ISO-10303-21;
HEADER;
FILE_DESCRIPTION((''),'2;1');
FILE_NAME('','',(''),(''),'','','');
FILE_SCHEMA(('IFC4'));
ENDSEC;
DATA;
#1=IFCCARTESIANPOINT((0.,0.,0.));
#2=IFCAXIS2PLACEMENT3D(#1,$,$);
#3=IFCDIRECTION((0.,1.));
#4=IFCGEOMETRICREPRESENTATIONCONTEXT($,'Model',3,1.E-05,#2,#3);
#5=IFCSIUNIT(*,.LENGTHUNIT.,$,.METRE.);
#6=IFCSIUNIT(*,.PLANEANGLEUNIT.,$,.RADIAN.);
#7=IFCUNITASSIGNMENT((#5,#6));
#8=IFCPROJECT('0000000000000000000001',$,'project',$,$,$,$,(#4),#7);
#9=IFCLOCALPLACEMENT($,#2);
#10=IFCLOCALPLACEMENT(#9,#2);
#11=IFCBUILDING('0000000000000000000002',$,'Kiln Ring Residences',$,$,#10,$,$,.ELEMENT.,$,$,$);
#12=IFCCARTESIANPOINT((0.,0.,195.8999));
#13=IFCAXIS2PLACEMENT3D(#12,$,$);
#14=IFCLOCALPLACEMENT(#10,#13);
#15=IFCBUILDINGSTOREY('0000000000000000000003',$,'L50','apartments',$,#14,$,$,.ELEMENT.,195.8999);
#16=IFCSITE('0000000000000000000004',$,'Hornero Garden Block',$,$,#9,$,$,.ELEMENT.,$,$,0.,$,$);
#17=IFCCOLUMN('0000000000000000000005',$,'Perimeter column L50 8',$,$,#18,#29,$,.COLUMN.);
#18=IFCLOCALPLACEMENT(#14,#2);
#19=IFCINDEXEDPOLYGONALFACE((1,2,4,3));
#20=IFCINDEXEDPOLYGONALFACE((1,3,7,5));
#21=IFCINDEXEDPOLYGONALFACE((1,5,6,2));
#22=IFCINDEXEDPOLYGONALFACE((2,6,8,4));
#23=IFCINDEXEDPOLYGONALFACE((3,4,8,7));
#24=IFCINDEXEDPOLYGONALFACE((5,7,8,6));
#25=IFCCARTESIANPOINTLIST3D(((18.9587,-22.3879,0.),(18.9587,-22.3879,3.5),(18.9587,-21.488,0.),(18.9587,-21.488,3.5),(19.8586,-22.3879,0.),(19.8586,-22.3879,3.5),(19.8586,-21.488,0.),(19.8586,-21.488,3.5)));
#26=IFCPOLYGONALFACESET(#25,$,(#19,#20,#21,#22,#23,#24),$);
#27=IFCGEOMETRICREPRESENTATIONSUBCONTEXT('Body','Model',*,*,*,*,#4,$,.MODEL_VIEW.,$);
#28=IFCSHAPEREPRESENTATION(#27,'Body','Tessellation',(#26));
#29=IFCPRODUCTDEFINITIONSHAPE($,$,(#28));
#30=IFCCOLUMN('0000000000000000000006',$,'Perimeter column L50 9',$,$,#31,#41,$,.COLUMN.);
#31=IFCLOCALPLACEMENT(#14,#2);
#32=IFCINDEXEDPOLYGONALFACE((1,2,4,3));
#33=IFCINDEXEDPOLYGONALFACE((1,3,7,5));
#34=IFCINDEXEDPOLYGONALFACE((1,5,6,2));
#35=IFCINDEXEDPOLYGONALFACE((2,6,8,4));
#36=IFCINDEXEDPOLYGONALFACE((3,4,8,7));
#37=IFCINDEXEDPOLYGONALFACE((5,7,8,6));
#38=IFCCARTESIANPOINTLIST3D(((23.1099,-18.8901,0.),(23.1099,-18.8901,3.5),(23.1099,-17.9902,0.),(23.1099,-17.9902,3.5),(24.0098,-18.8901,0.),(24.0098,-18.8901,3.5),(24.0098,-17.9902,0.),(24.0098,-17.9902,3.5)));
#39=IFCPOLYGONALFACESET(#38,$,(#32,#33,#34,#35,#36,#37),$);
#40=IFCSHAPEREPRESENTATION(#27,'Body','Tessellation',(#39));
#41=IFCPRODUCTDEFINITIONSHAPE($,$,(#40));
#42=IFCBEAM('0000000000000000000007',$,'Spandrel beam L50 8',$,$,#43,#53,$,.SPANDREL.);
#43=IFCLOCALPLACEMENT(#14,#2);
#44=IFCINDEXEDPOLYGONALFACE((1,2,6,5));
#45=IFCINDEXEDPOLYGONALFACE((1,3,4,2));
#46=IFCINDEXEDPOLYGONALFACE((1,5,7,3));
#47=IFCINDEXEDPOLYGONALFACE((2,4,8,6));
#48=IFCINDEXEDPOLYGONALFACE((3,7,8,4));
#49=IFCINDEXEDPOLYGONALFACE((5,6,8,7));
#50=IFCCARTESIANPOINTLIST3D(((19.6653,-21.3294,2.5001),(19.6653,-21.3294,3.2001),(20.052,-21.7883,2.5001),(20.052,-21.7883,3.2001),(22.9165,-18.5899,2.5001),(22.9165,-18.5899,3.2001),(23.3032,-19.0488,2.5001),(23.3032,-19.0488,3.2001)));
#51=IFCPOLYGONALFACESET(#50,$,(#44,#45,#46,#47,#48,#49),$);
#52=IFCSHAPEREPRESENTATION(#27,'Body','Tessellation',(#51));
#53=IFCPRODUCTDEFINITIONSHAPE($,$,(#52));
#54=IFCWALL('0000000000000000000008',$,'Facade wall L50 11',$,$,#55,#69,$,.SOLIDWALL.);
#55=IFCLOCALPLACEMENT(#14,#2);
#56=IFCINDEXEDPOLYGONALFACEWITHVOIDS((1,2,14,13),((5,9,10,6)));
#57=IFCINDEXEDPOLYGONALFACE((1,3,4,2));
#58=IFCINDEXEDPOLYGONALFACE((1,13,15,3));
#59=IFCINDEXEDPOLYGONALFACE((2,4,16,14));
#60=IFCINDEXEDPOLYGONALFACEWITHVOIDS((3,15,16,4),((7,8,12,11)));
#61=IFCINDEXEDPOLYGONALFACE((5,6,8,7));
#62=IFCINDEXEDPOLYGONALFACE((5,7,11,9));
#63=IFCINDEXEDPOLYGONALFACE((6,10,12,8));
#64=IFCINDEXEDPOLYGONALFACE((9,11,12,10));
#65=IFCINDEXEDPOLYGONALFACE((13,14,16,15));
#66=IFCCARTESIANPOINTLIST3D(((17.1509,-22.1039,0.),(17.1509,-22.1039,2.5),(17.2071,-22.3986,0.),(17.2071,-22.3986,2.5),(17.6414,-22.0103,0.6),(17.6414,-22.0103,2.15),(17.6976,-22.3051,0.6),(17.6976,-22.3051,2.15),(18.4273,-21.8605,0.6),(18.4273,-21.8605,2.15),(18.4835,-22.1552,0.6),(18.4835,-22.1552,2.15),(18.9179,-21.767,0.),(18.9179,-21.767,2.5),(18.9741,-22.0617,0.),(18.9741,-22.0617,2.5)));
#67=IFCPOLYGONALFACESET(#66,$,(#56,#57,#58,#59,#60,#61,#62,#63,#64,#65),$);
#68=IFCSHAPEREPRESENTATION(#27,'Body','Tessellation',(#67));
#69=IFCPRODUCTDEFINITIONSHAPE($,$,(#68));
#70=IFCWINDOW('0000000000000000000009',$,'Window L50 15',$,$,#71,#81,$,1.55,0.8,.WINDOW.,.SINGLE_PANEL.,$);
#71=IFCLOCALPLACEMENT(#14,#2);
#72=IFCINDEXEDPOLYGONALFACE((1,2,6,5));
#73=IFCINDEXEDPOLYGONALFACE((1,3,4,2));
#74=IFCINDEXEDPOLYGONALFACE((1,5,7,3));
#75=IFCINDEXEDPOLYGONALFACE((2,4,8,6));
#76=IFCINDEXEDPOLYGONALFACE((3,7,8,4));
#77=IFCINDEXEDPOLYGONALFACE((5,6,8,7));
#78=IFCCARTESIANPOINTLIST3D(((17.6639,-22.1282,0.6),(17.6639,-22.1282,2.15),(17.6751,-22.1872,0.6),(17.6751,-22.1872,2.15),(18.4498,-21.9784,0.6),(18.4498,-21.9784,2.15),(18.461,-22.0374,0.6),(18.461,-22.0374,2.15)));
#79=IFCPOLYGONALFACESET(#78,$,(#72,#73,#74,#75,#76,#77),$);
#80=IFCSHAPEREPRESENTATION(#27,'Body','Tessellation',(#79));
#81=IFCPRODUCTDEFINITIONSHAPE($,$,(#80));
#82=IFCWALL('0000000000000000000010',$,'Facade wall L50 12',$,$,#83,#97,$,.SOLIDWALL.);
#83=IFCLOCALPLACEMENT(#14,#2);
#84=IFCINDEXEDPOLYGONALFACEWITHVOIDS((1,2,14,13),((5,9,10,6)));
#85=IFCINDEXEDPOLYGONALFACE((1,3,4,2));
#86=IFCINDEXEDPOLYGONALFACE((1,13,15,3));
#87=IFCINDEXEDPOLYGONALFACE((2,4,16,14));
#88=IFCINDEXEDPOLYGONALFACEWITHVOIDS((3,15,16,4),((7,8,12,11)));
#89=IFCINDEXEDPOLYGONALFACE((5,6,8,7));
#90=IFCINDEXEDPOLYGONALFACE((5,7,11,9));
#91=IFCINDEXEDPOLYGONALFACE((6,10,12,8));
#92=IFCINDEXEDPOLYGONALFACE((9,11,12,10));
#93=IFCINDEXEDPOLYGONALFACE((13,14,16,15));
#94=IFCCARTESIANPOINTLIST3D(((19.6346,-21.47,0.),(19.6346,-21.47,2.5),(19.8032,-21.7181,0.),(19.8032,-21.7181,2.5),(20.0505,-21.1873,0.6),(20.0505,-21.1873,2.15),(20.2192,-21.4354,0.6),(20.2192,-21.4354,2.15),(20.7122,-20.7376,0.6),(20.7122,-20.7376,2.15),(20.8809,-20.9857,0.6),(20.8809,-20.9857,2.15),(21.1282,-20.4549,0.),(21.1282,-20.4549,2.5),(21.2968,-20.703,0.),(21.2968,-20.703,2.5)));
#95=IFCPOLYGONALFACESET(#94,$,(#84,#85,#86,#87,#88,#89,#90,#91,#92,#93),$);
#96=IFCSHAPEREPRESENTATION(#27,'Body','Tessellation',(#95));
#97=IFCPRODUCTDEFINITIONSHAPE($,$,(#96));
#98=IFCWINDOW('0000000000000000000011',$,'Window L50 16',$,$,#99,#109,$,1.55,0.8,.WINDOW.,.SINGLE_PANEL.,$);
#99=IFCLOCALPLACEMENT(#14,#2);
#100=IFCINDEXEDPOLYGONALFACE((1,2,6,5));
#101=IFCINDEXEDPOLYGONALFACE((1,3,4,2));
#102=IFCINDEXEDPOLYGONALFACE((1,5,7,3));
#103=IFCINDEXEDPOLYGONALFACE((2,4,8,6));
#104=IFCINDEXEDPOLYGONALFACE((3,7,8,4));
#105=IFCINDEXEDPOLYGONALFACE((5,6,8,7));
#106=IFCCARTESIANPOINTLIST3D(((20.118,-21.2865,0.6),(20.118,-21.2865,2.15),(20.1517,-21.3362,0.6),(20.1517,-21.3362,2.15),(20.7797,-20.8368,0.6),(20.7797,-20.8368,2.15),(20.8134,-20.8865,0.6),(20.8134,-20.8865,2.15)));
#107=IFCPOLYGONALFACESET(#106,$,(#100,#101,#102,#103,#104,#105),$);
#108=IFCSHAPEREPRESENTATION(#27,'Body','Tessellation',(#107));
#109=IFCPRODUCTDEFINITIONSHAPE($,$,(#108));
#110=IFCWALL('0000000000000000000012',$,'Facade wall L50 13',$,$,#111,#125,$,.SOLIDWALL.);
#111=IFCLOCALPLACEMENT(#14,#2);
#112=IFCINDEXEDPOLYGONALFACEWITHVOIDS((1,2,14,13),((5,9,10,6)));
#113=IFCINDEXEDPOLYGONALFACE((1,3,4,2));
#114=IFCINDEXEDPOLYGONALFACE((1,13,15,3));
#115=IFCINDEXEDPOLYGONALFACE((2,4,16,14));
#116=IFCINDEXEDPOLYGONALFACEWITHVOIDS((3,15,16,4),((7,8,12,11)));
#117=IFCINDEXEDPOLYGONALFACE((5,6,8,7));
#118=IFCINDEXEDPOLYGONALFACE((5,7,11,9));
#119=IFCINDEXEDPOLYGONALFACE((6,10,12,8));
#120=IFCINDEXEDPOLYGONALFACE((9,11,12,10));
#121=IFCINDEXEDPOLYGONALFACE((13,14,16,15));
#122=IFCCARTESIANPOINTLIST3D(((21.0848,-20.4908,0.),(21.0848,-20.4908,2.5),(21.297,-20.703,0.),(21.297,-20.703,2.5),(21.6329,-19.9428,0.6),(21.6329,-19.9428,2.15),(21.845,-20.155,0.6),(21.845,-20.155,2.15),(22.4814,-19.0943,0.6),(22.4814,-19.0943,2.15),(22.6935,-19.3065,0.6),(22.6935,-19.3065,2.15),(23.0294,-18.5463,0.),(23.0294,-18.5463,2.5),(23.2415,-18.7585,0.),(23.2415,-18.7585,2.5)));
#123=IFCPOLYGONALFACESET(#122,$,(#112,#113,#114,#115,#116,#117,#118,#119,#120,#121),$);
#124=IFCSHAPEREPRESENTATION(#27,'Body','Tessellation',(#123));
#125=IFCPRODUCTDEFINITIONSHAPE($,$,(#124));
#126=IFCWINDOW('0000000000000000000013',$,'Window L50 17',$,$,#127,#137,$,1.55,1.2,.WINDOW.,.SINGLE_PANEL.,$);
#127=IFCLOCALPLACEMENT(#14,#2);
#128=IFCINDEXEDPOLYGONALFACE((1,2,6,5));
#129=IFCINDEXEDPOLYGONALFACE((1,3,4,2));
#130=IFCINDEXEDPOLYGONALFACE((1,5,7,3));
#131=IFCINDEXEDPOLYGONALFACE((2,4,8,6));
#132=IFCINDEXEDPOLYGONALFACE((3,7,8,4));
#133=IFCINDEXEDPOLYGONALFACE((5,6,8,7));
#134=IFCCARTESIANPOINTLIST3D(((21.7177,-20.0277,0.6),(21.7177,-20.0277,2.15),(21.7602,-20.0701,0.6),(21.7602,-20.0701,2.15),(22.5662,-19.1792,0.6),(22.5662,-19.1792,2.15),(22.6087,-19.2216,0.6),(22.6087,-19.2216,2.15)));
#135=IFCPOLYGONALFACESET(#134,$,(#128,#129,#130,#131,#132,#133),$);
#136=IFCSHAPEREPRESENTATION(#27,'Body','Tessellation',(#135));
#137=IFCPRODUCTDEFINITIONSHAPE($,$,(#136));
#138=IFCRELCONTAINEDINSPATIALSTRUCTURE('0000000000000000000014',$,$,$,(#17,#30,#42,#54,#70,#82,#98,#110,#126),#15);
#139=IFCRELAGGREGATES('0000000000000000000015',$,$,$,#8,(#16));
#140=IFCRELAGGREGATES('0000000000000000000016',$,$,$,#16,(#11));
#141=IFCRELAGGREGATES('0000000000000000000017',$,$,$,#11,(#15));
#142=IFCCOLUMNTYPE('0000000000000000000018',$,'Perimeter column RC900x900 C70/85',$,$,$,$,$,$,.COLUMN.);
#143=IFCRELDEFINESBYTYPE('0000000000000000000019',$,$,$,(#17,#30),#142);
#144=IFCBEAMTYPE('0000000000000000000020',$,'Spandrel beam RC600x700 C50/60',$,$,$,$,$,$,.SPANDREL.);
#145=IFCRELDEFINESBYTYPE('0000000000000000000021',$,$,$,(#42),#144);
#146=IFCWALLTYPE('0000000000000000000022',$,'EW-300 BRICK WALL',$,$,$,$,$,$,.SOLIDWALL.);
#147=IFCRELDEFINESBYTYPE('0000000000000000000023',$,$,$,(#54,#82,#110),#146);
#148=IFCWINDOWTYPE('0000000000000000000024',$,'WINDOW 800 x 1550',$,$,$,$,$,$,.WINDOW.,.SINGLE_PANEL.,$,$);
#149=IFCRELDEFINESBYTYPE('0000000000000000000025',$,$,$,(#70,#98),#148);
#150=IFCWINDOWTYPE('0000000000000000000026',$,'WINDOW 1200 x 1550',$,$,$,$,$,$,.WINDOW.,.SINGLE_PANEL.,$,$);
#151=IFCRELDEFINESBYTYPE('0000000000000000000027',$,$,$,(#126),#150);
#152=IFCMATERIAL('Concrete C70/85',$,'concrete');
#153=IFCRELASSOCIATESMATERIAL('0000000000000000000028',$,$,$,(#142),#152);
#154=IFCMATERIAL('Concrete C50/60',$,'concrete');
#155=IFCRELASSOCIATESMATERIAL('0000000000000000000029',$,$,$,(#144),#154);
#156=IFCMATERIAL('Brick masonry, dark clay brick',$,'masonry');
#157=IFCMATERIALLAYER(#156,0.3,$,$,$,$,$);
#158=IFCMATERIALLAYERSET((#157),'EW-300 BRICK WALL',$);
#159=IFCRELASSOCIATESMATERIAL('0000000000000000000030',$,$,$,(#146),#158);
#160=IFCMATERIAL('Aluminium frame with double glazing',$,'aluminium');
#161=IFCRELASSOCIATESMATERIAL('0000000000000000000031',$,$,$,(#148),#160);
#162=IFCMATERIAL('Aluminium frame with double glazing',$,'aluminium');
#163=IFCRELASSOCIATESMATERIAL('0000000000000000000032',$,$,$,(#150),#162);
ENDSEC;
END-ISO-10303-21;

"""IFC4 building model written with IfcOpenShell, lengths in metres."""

from ifc_helpers import new_model, si_unit, direction, frame, frame_2d, origin, origin_2d, place, context, subcontext, project, spatial, rectangle, extrude, material, layer, layer_set, material_profile, profile_set, type_object, element, fill, save


model = new_model("IFC4")

# Units and contexts
model_context = context("Model", 3, precision=1e-05, world=origin(), true_north=direction((0.0, 1.0)))
body_context = subcontext(model_context, "Body", "Model", "MODEL_VIEW")
ifc_project = project(units=[si_unit("LENGTHUNIT", "METRE"), si_unit("PLANEANGLEUNIT", "RADIAN")], contexts=[model_context])

# Site, building, storey
site_placement = place(None, origin())
site = spatial("IfcSite", under=ifc_project, at=site_placement, Name="Hornero Garden Block", CompositionType="ELEMENT", RefElevation=0.0)
building_placement = place(site_placement, origin())
building = spatial("IfcBuilding", under=site, at=building_placement, Name="Kiln Ring Residences", CompositionType="ELEMENT")
storey_placement = place(building_placement, frame((0.0, 0.0, 195.8999)))
storey = spatial("IfcBuildingStorey", under=building, at=storey_placement, Name="L50", Description="apartments", CompositionType="ELEMENT", Elevation=195.8999)

# Columns
ifc_material_1 = material(Name="Concrete C70/85", Category="concrete")
ifc_material_profile_1 = material_profile(ifc_material_1, rectangle(XDim=0.8999, YDim=0.8999, at=origin_2d()), Name="RC900x900")
ifc_profile_set_1 = profile_set([ifc_material_profile_1], Name="Concrete C70/85")
column_type = type_object("IfcColumnType", Name="Perimeter column RC900x900 C70/85", PredefinedType="COLUMN", material=ifc_profile_set_1)
for number, where, z_axis, x_axis, name in (
    (1, (19.4087, -21.938, 0.0), (0.0, 0.0, 1.0), (1.0, 0.0, 0.0), "Perimeter column L50 8"),
    (2, (23.5598, -18.4402, 0.0), (0.0, 0.0, 1.0), (1.0, 0.0, 0.0), "Perimeter column L50 9"),
):
    element("IfcColumn", number, at=place(storey_placement, frame(where, z_axis=z_axis, x_axis=x_axis)), inside=storey, type_object=column_type, Name=name, PredefinedType="COLUMN", context=body_context, shape_type="SweptSolid", body=[
        extrude(rectangle(XDim=0.8999, YDim=0.8999, at=origin_2d()), origin(), (0.0, 0.0, 1.0), 3.5),
    ])

# Beam
ifc_material_2 = material(Name="Concrete C50/60", Category="concrete")
ifc_material_profile_2 = material_profile(ifc_material_2, rectangle(XDim=0.6001, YDim=0.7, at=origin_2d()), Name="RC600x700")
ifc_profile_set_2 = profile_set([ifc_material_profile_2], Name="Concrete C50/60")
beam_type = type_object("IfcBeamType", Name="Spandrel beam RC600x700 C50/60", PredefinedType="SPANDREL", material=ifc_profile_set_2)
beam_placement = place(storey_placement, frame((19.8586, -21.5588, 2.8501), z_axis=(0.764722, 0.64436, 0.0), x_axis=(-0.64436, 0.764722, 0.0)))
element("IfcBeam", 3, at=beam_placement, inside=storey, type_object=beam_type, Name="Spandrel beam L50 8", PredefinedType="SPANDREL", context=body_context, shape_type="SweptSolid", body=[
    extrude(rectangle(XDim=0.6001, YDim=0.7, at=origin_2d()), origin(), (0.0, 0.0, 1.0), 4.2515),
])

# Walls, openings, windows
ifc_material_3 = material(Name="Brick masonry, dark clay brick", Category="masonry")
ifc_layer_1 = layer(ifc_material_3, 0.3)
ifc_layer_set_1 = layer_set([ifc_layer_1], Name="EW-300 BRICK WALL")
wall_type_1 = type_object("IfcWallType", Name="EW-300 BRICK WALL", PredefinedType="SOLIDWALL", material=ifc_layer_set_1)
wall_1_placement = place(storey_placement, frame((17.179, -22.2512, 0.0), z_axis=(0.0, 0.0, 1.0), x_axis=(0.982305, 0.187287, 0.0)))
wall_1 = element("IfcWall", 4, at=wall_1_placement, inside=storey, type_object=wall_type_1, Name="Facade wall L50 11", PredefinedType="SOLIDWALL", context=body_context, shape_type="SweptSolid", body=[
    extrude(rectangle(XDim=1.7988, YDim=0.3, at=frame_2d((0.8994, 0.0))), origin(), (0.0, 0.0, 1.0), 2.5),
])
opening_1_placement = place(wall_1_placement, frame((0.4995, 0.0, 0.6001)))
opening_1 = element("IfcOpeningElement", 5, at=opening_1_placement, cuts=wall_1, PredefinedType="OPENING", context=body_context, shape_type="SweptSolid", body=[
    extrude(rectangle(XDim=0.8, YDim=1.55, at=frame_2d((0.3999, 0.7749))), frame((0.0, 0.1599, 0.0), z_axis=(0.0, -1.0, 0.0), x_axis=(1.0, 0.0, 0.0)), (0.0, 0.0, 1.0), 0.3201),
])
ifc_material_4 = material(Name="Aluminium frame with double glazing", Category="aluminium")
window_type_1 = type_object("IfcWindowType", Name="WINDOW 800 x 1550", PartitioningType="SINGLE_PANEL", PredefinedType="WINDOW", material=ifc_material_4)
window_1_placement = place(opening_1_placement, origin())
window_1 = element("IfcWindow", 6, at=window_1_placement, inside=storey, type_object=window_type_1, Name="Window L50 15", OverallHeight=1.55, OverallWidth=0.8, PartitioningType="SINGLE_PANEL", PredefinedType="WINDOW", context=body_context, shape_type="SweptSolid", body=[
    extrude(rectangle(XDim=0.8, YDim=1.55, at=frame_2d((0.3999, 0.7749))), frame((0.0, 0.03, 0.0), z_axis=(0.0, -1.0, 0.0), x_axis=(1.0, 0.0, 0.0)), (0.0, 0.0, 1.0), 0.0601),
])
fill(opening_1, window_1)
wall_2_placement = place(storey_placement, frame((19.719, -21.594, 0.0), z_axis=(0.0, 0.0, 1.0), x_axis=(0.827067, 0.562103, 0.0)))
wall_2 = element("IfcWall", 7, at=wall_2_placement, inside=storey, type_object=wall_type_1, Name="Facade wall L50 12", PredefinedType="SOLIDWALL", context=body_context, shape_type="SweptSolid", body=[
    extrude(rectangle(XDim=1.8059, YDim=0.3, at=frame_2d((0.9028, 0.0))), origin(), (0.0, 0.0, 1.0), 2.5),
])
opening_2_placement = place(wall_2_placement, frame((0.5029, 0.0, 0.6001)))
opening_2 = element("IfcOpeningElement", 8, at=opening_2_placement, cuts=wall_2, PredefinedType="OPENING", context=body_context, shape_type="SweptSolid", body=[
    extrude(rectangle(XDim=0.8, YDim=1.55, at=frame_2d((0.3999, 0.7749))), frame((0.0, 0.1599, 0.0), z_axis=(0.0, -1.0, 0.0), x_axis=(1.0, 0.0, 0.0)), (0.0, 0.0, 1.0), 0.3201),
])
window_2_placement = place(opening_2_placement, origin())
window_2 = element("IfcWindow", 9, at=window_2_placement, inside=storey, type_object=window_type_1, Name="Window L50 16", OverallHeight=1.55, OverallWidth=0.8, PartitioningType="SINGLE_PANEL", PredefinedType="WINDOW", context=body_context, shape_type="SweptSolid", body=[
    extrude(rectangle(XDim=0.8, YDim=1.55, at=frame_2d((0.3999, 0.7749))), frame((0.0, 0.03, 0.0), z_axis=(0.0, -1.0, 0.0), x_axis=(1.0, 0.0, 0.0)), (0.0, 0.0, 1.0), 0.0601),
])
fill(opening_2, window_2)
wall_3_placement = place(storey_placement, frame((21.1909, -20.5969, 0.0), z_axis=(0.0, 0.0, 1.0), x_axis=(0.707107, 0.707107, 0.0)))
wall_3 = element("IfcWall", 10, at=wall_3_placement, inside=storey, type_object=wall_type_1, Name="Facade wall L50 13", PredefinedType="SOLIDWALL", context=body_context, shape_type="SweptSolid", body=[
    extrude(rectangle(XDim=2.75, YDim=0.3, at=frame_2d((1.375, 0.0))), origin(), (0.0, 0.0, 1.0), 2.5),
])
opening_3_placement = place(wall_3_placement, frame((0.7749, 0.0, 0.6001)))
opening_3 = element("IfcOpeningElement", 11, at=opening_3_placement, cuts=wall_3, PredefinedType="OPENING", context=body_context, shape_type="SweptSolid", body=[
    extrude(rectangle(XDim=1.2, YDim=1.55, at=frame_2d((0.6001, 0.7749))), frame((0.0, 0.1599, 0.0), z_axis=(0.0, -1.0, 0.0), x_axis=(1.0, 0.0, 0.0)), (0.0, 0.0, 1.0), 0.3201),
])
ifc_material_5 = material(Name="Aluminium frame with double glazing", Category="aluminium")
window_type_2 = type_object("IfcWindowType", Name="WINDOW 1200 x 1550", PartitioningType="SINGLE_PANEL", PredefinedType="WINDOW", material=ifc_material_5)
window_3_placement = place(opening_3_placement, origin())
window_3 = element("IfcWindow", 12, at=window_3_placement, inside=storey, type_object=window_type_2, Name="Window L50 17", OverallHeight=1.55, OverallWidth=1.2, PartitioningType="SINGLE_PANEL", PredefinedType="WINDOW", context=body_context, shape_type="SweptSolid", body=[
    extrude(rectangle(XDim=1.2, YDim=1.55, at=frame_2d((0.6001, 0.7749))), frame((0.0, 0.03, 0.0), z_axis=(0.0, -1.0, 0.0), x_axis=(1.0, 0.0, 0.0)), (0.0, 0.0, 1.0), 0.0601),
])
fill(opening_3, window_3)

save(model, "model.ifc")
